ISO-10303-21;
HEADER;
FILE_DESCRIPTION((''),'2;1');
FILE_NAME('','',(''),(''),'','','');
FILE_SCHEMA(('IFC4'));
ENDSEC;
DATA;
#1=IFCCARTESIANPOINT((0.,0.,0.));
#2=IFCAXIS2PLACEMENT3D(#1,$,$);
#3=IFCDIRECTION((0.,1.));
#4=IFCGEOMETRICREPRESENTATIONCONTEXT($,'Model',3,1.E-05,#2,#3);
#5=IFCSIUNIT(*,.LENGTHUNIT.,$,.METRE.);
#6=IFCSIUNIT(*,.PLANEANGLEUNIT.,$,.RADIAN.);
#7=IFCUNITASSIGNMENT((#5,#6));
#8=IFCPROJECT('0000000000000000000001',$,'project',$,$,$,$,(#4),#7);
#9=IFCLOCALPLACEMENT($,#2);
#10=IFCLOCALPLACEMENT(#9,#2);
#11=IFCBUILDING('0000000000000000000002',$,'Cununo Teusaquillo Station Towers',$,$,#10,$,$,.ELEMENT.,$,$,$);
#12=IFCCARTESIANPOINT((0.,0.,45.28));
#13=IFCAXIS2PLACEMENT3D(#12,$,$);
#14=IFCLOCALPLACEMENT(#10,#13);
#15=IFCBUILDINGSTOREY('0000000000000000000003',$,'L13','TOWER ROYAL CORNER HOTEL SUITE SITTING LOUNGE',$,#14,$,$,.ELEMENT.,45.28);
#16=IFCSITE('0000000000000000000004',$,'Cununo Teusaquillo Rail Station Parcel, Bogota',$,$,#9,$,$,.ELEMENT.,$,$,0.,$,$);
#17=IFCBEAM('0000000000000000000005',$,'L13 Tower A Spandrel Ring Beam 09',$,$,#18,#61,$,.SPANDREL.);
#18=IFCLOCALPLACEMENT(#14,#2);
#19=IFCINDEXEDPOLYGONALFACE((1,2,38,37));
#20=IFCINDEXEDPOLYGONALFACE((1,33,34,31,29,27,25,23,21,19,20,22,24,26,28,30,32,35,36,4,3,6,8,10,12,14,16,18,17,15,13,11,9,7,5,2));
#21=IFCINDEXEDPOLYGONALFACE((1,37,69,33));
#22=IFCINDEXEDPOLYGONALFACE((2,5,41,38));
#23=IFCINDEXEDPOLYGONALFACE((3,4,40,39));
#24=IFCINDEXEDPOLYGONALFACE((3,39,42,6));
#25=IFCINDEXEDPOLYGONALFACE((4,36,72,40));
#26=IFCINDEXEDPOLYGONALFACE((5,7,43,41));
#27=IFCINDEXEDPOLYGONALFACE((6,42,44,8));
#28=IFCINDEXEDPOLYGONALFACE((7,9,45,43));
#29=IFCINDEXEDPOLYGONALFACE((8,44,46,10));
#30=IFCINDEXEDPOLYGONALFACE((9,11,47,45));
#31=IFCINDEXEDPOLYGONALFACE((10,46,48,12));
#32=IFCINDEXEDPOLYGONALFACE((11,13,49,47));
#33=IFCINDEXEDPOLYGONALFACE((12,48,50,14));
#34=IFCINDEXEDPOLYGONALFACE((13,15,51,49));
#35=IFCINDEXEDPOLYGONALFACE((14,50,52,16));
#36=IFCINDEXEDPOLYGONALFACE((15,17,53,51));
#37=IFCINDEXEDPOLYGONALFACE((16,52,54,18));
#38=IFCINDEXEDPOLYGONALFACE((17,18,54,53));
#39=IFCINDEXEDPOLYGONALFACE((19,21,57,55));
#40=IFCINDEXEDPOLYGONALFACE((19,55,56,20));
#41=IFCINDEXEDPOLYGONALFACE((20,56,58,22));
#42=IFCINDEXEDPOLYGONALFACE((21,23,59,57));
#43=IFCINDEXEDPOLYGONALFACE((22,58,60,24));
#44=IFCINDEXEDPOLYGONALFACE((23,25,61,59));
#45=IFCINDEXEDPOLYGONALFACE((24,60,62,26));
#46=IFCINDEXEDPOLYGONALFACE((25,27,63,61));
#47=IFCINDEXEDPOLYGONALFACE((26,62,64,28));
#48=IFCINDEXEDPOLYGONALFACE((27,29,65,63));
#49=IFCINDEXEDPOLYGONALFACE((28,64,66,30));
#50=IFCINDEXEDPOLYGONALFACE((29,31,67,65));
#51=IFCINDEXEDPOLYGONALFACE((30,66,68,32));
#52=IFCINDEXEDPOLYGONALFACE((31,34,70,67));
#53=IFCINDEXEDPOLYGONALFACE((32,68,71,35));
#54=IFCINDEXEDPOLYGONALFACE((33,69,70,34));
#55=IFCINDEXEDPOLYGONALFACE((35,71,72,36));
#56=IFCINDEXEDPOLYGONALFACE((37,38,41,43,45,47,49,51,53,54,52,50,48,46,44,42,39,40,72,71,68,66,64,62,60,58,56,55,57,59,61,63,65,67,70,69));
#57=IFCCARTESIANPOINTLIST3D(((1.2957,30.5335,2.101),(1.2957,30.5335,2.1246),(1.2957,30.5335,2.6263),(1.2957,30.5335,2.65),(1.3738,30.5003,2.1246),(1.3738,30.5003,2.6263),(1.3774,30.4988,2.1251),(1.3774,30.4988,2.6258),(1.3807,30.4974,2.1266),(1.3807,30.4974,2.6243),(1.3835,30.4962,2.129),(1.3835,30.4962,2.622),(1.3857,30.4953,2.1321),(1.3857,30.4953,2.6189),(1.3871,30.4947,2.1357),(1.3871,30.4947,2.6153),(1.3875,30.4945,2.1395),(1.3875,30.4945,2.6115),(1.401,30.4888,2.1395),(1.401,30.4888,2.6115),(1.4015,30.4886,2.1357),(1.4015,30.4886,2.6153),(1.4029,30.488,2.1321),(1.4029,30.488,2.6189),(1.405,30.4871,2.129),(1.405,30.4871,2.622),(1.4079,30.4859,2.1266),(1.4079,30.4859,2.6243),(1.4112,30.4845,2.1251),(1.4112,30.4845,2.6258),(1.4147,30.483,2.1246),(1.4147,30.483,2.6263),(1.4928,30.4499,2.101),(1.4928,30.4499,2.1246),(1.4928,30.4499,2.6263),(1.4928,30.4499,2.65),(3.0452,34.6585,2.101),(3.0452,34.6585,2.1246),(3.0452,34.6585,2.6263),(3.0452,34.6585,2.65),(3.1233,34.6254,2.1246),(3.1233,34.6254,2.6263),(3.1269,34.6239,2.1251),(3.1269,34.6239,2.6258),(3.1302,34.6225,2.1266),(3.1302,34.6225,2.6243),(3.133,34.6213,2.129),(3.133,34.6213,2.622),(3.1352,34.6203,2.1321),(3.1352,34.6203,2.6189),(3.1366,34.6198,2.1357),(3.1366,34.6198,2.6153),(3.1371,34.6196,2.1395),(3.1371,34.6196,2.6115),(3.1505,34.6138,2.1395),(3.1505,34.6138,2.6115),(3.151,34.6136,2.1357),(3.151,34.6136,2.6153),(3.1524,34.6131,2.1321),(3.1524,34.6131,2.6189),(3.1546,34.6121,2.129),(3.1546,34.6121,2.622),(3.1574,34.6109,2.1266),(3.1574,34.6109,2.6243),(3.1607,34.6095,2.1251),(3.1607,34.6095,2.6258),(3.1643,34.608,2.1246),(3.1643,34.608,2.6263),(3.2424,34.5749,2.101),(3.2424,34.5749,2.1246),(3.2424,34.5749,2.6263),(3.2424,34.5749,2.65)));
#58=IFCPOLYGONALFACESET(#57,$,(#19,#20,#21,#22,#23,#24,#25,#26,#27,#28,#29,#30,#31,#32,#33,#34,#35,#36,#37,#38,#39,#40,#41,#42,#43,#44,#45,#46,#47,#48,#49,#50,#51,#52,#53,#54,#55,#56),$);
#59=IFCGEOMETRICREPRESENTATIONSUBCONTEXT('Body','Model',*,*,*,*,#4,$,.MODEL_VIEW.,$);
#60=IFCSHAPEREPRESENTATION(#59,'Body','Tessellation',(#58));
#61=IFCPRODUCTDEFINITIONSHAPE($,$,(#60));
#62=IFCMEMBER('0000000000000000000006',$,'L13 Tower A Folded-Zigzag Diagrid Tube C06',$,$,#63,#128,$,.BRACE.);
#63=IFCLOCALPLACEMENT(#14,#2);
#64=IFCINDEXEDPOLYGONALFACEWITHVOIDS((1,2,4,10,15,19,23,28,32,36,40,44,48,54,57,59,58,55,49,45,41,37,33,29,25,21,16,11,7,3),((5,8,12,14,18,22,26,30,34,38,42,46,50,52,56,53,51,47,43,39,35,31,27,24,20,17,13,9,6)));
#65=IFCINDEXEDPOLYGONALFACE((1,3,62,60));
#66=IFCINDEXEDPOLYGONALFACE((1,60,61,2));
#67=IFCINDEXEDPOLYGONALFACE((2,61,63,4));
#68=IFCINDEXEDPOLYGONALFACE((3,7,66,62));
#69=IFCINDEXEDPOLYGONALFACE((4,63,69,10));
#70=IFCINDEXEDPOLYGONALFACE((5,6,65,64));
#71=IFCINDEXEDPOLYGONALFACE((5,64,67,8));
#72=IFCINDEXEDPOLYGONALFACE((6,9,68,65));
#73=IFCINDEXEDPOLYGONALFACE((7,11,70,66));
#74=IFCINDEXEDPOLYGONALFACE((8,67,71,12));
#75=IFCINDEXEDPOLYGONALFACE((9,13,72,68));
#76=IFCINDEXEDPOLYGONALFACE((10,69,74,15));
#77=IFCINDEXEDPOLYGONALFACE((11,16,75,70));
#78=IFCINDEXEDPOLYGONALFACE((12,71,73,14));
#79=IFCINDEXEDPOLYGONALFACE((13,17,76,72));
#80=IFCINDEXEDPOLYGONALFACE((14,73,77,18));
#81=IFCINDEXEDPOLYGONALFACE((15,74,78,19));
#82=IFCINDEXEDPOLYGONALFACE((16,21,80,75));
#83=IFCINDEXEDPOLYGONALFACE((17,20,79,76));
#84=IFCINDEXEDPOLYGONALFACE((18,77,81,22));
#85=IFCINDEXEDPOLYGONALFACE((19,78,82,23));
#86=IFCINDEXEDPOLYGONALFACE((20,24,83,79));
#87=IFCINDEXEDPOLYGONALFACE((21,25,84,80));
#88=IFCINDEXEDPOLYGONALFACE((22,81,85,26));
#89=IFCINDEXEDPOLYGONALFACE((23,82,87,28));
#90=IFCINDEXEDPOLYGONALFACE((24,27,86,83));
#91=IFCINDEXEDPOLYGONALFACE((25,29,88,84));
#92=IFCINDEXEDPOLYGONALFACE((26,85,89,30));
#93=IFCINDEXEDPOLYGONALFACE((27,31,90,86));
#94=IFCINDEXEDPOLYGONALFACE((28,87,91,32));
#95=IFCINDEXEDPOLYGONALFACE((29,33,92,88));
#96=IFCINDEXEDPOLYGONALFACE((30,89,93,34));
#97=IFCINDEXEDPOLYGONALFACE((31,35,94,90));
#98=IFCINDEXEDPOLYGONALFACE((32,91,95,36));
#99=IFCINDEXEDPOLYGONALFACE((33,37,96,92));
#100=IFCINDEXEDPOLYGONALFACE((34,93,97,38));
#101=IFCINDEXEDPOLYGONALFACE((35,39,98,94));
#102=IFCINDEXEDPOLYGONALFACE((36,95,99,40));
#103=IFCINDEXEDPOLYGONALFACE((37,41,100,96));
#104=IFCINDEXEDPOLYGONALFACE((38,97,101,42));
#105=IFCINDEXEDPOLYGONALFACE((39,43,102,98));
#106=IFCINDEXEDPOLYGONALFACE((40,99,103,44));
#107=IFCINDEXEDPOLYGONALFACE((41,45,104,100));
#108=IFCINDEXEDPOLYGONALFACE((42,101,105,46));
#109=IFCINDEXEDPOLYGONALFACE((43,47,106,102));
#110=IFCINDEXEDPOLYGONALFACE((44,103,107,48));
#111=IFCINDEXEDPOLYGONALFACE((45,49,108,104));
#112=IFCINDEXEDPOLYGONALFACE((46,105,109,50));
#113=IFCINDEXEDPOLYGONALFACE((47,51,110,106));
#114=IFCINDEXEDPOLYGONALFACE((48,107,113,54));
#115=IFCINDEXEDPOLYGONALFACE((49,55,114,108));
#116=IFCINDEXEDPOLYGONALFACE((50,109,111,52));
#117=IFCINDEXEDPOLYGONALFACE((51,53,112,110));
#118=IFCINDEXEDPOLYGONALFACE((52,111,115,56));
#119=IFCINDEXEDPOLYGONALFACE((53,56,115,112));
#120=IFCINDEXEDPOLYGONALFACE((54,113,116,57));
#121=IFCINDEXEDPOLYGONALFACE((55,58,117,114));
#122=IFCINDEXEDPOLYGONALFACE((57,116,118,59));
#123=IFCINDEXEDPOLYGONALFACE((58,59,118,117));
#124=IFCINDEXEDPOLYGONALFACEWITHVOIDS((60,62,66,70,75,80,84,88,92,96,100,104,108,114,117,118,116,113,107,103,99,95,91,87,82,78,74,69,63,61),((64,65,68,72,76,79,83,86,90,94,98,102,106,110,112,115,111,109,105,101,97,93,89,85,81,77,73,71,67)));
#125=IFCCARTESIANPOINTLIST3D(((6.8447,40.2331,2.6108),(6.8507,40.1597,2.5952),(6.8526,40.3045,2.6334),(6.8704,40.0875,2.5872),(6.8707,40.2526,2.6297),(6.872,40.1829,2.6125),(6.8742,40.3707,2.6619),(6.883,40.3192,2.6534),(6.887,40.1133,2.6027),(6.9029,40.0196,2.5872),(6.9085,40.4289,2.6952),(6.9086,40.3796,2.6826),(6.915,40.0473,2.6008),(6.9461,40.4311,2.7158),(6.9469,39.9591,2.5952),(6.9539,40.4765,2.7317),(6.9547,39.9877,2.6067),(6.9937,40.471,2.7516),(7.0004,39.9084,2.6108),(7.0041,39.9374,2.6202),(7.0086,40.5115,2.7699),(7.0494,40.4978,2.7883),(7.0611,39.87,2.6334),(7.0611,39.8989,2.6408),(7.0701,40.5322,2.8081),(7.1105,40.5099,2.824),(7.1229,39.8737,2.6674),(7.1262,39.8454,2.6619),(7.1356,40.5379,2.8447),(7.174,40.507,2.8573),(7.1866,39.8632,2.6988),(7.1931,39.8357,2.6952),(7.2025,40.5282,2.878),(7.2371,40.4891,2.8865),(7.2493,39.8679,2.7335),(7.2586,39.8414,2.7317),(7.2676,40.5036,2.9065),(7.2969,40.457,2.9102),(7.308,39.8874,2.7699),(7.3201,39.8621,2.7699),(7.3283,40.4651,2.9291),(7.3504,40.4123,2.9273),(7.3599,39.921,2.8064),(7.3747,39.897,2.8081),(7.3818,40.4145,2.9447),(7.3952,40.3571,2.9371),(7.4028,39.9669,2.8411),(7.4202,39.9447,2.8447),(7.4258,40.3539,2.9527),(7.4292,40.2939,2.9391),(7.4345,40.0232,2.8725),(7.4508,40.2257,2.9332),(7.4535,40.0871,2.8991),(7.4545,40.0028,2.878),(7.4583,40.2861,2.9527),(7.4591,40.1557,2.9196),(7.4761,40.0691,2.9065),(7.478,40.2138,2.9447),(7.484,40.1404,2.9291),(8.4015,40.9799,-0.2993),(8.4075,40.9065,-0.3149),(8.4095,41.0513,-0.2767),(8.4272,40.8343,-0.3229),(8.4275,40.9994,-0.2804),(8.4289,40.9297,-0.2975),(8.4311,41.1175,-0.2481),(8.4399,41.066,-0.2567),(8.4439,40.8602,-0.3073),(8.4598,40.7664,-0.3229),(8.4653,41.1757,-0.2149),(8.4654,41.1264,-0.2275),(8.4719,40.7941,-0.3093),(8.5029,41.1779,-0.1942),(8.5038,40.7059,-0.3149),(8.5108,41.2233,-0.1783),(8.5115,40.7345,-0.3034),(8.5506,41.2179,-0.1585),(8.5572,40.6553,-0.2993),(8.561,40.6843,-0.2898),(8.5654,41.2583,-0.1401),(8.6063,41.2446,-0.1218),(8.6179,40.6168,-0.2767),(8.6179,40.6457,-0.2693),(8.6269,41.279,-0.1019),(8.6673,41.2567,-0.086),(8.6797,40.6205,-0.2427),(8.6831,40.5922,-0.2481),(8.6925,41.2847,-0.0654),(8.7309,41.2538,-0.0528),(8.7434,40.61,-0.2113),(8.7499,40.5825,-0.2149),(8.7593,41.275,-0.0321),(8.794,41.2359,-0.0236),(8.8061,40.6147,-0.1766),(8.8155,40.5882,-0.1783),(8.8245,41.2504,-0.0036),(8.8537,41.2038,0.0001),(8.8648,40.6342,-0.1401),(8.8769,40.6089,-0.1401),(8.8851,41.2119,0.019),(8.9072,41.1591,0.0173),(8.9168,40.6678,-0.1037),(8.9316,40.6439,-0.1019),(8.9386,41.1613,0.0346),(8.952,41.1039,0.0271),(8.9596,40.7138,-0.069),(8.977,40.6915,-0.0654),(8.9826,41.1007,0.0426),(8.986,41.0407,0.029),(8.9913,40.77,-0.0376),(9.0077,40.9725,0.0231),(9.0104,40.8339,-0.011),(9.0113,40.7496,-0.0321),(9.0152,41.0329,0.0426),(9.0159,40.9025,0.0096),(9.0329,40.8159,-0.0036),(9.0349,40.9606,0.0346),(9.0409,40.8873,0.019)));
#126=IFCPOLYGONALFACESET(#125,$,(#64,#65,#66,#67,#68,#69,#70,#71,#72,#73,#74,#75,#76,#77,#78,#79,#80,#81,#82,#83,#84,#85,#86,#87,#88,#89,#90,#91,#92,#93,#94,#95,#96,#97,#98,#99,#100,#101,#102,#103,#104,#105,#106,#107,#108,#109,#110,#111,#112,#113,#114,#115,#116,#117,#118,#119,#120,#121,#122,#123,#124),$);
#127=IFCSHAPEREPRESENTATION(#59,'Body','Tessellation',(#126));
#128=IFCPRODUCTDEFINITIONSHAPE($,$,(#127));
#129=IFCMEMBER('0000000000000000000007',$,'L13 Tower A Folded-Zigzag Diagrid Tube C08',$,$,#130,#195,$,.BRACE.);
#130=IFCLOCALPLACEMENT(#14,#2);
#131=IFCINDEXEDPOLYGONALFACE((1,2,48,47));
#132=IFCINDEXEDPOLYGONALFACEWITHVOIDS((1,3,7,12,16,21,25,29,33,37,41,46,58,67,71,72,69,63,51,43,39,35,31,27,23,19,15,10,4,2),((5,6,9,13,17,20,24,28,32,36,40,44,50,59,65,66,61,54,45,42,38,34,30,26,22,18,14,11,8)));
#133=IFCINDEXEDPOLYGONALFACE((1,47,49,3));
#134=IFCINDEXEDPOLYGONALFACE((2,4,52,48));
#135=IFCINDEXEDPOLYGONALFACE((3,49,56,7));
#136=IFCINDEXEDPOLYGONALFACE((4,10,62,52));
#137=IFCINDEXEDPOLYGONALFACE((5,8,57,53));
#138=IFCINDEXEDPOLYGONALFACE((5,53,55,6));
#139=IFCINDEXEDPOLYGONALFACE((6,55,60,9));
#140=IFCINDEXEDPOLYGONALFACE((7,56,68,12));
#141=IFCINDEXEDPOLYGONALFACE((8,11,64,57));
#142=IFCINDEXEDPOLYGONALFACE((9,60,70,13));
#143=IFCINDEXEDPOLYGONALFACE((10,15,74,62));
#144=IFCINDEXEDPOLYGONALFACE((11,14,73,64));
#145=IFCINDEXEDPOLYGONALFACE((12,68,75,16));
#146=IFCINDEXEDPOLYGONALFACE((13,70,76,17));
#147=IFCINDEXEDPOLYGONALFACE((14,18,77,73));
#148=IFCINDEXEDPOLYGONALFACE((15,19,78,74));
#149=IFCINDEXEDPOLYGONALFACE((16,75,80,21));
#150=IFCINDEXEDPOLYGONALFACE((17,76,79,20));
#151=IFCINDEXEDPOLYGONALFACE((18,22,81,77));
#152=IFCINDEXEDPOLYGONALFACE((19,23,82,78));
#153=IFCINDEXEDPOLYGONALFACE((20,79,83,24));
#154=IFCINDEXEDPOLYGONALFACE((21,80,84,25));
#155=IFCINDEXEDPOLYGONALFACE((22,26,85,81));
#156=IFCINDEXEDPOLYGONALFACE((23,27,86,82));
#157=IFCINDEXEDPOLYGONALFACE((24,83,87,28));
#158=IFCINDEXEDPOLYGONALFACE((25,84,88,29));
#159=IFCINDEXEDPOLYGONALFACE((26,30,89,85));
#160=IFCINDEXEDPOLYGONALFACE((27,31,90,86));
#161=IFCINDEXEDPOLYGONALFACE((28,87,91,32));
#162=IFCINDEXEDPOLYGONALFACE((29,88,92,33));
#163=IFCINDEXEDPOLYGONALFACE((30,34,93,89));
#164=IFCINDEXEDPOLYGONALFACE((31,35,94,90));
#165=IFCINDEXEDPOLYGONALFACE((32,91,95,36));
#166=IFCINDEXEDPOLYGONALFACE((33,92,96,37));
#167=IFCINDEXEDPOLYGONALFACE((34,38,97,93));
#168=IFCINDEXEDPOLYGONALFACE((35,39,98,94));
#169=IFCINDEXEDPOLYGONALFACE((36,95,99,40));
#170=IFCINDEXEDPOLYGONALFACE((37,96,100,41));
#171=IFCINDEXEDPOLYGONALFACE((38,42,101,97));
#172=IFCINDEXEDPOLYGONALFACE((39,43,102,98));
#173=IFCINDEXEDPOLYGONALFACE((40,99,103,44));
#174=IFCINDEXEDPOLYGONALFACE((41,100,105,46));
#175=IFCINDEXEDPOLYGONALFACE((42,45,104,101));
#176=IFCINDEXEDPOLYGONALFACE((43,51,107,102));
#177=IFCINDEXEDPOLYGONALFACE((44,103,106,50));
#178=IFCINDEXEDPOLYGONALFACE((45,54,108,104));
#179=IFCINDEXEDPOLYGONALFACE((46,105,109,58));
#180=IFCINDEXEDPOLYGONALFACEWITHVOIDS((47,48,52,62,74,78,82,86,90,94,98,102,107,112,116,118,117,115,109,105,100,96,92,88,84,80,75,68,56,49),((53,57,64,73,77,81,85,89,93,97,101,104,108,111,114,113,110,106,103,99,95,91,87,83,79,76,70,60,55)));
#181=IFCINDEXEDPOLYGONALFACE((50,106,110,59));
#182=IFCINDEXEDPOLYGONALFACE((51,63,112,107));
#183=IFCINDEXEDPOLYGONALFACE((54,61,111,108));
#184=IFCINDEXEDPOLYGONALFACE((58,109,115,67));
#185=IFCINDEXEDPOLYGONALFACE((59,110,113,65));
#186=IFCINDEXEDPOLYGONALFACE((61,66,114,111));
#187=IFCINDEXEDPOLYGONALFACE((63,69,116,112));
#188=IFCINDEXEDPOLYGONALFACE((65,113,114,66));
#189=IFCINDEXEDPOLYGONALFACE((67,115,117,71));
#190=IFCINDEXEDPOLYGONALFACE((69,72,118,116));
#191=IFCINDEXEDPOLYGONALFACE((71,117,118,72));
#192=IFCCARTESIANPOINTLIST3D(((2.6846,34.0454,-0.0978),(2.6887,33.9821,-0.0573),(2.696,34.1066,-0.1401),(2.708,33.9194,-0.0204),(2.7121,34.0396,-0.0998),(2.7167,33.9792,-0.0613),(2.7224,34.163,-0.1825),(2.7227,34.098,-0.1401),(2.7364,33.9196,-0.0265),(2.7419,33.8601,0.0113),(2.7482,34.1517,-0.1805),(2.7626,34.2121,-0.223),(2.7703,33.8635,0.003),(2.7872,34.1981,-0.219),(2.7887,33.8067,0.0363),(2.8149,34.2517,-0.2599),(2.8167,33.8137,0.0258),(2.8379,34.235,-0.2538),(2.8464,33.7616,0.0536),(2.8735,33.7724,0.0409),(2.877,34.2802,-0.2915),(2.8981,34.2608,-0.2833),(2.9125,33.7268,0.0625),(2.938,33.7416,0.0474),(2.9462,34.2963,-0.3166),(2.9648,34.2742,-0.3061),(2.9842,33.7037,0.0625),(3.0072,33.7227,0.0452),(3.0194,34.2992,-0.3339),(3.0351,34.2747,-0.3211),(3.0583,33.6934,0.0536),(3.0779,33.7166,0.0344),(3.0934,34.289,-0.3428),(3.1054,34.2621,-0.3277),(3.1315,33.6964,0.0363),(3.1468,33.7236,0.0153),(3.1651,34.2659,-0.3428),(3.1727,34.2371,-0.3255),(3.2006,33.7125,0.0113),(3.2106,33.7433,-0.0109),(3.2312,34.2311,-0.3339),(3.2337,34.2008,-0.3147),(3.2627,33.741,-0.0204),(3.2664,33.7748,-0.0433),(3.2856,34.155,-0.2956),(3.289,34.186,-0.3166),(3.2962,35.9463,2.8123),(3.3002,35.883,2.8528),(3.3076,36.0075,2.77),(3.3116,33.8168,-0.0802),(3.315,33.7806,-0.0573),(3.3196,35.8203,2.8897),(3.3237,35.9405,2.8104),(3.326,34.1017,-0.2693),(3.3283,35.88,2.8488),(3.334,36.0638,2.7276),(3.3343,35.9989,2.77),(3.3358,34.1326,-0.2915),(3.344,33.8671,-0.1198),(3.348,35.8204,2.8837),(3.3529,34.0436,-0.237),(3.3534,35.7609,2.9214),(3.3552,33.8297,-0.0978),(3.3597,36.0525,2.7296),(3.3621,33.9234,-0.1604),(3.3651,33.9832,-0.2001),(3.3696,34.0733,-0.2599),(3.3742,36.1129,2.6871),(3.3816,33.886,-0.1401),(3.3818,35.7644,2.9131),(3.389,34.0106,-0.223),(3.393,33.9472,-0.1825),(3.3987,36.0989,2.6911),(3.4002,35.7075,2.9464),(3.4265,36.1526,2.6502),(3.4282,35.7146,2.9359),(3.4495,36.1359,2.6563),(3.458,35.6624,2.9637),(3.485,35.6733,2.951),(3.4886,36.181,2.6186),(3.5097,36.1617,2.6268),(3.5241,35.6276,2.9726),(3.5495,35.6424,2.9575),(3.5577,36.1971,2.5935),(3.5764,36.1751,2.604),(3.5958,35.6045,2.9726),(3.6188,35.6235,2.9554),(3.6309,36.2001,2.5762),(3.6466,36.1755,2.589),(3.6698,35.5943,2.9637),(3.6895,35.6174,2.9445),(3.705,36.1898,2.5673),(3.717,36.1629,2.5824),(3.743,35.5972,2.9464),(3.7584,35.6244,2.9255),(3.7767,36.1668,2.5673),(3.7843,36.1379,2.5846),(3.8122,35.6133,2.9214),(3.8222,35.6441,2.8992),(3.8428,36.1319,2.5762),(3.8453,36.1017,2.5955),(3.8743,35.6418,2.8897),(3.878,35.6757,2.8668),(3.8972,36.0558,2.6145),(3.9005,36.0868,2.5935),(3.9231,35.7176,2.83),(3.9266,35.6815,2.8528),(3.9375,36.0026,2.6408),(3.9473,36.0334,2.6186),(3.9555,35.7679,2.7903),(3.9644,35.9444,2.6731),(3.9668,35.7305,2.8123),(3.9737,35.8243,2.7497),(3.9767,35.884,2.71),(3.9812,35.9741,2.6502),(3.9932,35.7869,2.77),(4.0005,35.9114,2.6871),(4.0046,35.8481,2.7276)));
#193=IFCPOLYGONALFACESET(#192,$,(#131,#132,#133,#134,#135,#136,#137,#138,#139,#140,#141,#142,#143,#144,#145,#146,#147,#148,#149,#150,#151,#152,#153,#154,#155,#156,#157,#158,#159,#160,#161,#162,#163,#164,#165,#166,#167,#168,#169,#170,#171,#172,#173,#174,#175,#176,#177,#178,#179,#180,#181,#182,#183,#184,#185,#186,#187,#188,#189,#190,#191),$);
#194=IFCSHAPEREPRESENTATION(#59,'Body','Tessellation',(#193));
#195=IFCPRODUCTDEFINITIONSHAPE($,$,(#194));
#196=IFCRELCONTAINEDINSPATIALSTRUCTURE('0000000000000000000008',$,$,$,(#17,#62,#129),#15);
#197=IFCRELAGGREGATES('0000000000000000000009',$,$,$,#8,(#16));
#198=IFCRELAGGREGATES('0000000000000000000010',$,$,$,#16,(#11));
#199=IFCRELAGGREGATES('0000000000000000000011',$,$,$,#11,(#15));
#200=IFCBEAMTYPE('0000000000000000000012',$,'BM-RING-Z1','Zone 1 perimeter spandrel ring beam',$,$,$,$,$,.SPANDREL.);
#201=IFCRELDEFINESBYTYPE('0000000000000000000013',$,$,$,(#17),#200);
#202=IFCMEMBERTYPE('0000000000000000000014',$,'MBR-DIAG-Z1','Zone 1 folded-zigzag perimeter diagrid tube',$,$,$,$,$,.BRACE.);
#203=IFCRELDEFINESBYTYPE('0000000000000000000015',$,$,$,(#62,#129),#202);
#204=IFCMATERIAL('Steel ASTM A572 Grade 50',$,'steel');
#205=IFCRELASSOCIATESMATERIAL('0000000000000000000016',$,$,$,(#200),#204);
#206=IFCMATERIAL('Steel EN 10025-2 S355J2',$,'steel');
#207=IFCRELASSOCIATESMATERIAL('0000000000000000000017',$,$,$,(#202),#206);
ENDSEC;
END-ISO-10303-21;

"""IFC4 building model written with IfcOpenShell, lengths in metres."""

from ifc_helpers import new_model, si_unit, direction, frame, origin, origin_2d, place, context, subcontext, project, spatial, hollow_circle, i_section, extrude, material, material_profile, profile_set, type_object, element, save


model = new_model("IFC4")

# Units and contexts
model_context = context("Model", 3, precision=1e-05, world=origin(), true_north=direction((0.0, 1.0)))
body_context = subcontext(model_context, "Body", "Model", "MODEL_VIEW")
ifc_project = project(units=[si_unit("LENGTHUNIT", "METRE"), si_unit("PLANEANGLEUNIT", "RADIAN")], contexts=[model_context])

# Site, building, storey
site_placement = place(None, origin())
site = spatial("IfcSite", under=ifc_project, at=site_placement, Name="Cununo Teusaquillo Rail Station Parcel, Bogota", CompositionType="ELEMENT", RefElevation=0.0)
building_placement = place(site_placement, origin())
building = spatial("IfcBuilding", under=site, at=building_placement, Name="Cununo Teusaquillo Station Towers", CompositionType="ELEMENT")
storey_placement = place(building_placement, frame((0.0, 0.0, 45.28)))
storey = spatial("IfcBuildingStorey", under=building, at=storey_placement, Name="L13", Description="TOWER ROYAL CORNER HOTEL SUITE SITTING LOUNGE", CompositionType="ELEMENT", Elevation=45.28)

# Beam
ifc_material_1 = material(Name="Steel ASTM A572 Grade 50", Category="steel")
ifc_material_profile_1 = material_profile(ifc_material_1, i_section(OverallWidth=0.2141, OverallDepth=0.5491, WebThickness=0.0146, FlangeThickness=0.0237, FilletRadius=0.0149, at=origin_2d()), Name="W21X93")
ifc_profile_set_1 = profile_set([ifc_material_profile_1], Name="Steel ASTM A572 Grade 50")
beam_type = type_object("IfcBeamType", Name="BM-RING-Z1", Description="Zone 1 perimeter spandrel ring beam", PredefinedType="SPANDREL", material=ifc_profile_set_1)
beam_1_placement = place(storey_placement, frame((3.1438, 34.6167, 2.3755), z_axis=(-0.390457, -0.920621, 0.0), x_axis=(0.920621, -0.390457, 0.0)))
element("IfcBeam", 1, at=beam_1_placement, inside=storey, type_object=beam_type, Name="L13 Tower A Spandrel Ring Beam 09", PredefinedType="SPANDREL", context=body_context, shape_type="SweptSolid", body=[
    extrude(i_section(OverallWidth=0.2141, OverallDepth=0.5491, WebThickness=0.0146, FlangeThickness=0.0237, FilletRadius=0.0149, at=origin_2d()), origin(), (0.0, 0.0, 1.0), 4.4807),
])

# Members
ifc_material_2 = material(Name="Steel EN 10025-2 S355J2", Category="steel")
ifc_material_profile_2 = material_profile(ifc_material_2, hollow_circle(Radius=0.3601, WallThickness=0.0281, at=origin_2d()), Name="CHS 720x28")
ifc_profile_set_2 = profile_set([ifc_material_profile_2], Name="Steel EN 10025-2 S355J2")
member_type = type_object("IfcMemberType", Name="MBR-DIAG-Z1", Description="Zone 1 folded-zigzag perimeter diagrid tube", PredefinedType="BRACE", material=ifc_profile_set_2)
member_1_placement = place(storey_placement, frame((8.7212, 40.9336, -0.1401), z_axis=(-0.460089, -0.220701, 0.860006), x_axis=(0.432506, -0.901631, 0.0)))
element("IfcMember", 2, at=member_1_placement, inside=storey, type_object=member_type, Name="L13 Tower A Folded-Zigzag Diagrid Tube C06", PredefinedType="BRACE", context=body_context, shape_type="SweptSolid", body=[
    extrude(hollow_circle(Radius=0.3601, WallThickness=0.0281, at=origin_2d()), origin(), (0.0, 0.0, 1.0), 3.3838),
])
member_2_placement = place(storey_placement, frame((3.0388, 33.9963, -0.1401), z_axis=(0.173281, 0.538591, 0.824557), x_axis=(-0.951945, 0.30627, 0.0)))
element("IfcMember", 3, at=member_2_placement, inside=storey, type_object=member_type, Name="L13 Tower A Folded-Zigzag Diagrid Tube C08", PredefinedType="BRACE", context=body_context, shape_type="SweptSolid", body=[
    extrude(hollow_circle(Radius=0.3601, WallThickness=0.0281, at=origin_2d()), origin(), (0.0, 0.0, 1.0), 3.5293),
])

save(model, "model.ifc")
